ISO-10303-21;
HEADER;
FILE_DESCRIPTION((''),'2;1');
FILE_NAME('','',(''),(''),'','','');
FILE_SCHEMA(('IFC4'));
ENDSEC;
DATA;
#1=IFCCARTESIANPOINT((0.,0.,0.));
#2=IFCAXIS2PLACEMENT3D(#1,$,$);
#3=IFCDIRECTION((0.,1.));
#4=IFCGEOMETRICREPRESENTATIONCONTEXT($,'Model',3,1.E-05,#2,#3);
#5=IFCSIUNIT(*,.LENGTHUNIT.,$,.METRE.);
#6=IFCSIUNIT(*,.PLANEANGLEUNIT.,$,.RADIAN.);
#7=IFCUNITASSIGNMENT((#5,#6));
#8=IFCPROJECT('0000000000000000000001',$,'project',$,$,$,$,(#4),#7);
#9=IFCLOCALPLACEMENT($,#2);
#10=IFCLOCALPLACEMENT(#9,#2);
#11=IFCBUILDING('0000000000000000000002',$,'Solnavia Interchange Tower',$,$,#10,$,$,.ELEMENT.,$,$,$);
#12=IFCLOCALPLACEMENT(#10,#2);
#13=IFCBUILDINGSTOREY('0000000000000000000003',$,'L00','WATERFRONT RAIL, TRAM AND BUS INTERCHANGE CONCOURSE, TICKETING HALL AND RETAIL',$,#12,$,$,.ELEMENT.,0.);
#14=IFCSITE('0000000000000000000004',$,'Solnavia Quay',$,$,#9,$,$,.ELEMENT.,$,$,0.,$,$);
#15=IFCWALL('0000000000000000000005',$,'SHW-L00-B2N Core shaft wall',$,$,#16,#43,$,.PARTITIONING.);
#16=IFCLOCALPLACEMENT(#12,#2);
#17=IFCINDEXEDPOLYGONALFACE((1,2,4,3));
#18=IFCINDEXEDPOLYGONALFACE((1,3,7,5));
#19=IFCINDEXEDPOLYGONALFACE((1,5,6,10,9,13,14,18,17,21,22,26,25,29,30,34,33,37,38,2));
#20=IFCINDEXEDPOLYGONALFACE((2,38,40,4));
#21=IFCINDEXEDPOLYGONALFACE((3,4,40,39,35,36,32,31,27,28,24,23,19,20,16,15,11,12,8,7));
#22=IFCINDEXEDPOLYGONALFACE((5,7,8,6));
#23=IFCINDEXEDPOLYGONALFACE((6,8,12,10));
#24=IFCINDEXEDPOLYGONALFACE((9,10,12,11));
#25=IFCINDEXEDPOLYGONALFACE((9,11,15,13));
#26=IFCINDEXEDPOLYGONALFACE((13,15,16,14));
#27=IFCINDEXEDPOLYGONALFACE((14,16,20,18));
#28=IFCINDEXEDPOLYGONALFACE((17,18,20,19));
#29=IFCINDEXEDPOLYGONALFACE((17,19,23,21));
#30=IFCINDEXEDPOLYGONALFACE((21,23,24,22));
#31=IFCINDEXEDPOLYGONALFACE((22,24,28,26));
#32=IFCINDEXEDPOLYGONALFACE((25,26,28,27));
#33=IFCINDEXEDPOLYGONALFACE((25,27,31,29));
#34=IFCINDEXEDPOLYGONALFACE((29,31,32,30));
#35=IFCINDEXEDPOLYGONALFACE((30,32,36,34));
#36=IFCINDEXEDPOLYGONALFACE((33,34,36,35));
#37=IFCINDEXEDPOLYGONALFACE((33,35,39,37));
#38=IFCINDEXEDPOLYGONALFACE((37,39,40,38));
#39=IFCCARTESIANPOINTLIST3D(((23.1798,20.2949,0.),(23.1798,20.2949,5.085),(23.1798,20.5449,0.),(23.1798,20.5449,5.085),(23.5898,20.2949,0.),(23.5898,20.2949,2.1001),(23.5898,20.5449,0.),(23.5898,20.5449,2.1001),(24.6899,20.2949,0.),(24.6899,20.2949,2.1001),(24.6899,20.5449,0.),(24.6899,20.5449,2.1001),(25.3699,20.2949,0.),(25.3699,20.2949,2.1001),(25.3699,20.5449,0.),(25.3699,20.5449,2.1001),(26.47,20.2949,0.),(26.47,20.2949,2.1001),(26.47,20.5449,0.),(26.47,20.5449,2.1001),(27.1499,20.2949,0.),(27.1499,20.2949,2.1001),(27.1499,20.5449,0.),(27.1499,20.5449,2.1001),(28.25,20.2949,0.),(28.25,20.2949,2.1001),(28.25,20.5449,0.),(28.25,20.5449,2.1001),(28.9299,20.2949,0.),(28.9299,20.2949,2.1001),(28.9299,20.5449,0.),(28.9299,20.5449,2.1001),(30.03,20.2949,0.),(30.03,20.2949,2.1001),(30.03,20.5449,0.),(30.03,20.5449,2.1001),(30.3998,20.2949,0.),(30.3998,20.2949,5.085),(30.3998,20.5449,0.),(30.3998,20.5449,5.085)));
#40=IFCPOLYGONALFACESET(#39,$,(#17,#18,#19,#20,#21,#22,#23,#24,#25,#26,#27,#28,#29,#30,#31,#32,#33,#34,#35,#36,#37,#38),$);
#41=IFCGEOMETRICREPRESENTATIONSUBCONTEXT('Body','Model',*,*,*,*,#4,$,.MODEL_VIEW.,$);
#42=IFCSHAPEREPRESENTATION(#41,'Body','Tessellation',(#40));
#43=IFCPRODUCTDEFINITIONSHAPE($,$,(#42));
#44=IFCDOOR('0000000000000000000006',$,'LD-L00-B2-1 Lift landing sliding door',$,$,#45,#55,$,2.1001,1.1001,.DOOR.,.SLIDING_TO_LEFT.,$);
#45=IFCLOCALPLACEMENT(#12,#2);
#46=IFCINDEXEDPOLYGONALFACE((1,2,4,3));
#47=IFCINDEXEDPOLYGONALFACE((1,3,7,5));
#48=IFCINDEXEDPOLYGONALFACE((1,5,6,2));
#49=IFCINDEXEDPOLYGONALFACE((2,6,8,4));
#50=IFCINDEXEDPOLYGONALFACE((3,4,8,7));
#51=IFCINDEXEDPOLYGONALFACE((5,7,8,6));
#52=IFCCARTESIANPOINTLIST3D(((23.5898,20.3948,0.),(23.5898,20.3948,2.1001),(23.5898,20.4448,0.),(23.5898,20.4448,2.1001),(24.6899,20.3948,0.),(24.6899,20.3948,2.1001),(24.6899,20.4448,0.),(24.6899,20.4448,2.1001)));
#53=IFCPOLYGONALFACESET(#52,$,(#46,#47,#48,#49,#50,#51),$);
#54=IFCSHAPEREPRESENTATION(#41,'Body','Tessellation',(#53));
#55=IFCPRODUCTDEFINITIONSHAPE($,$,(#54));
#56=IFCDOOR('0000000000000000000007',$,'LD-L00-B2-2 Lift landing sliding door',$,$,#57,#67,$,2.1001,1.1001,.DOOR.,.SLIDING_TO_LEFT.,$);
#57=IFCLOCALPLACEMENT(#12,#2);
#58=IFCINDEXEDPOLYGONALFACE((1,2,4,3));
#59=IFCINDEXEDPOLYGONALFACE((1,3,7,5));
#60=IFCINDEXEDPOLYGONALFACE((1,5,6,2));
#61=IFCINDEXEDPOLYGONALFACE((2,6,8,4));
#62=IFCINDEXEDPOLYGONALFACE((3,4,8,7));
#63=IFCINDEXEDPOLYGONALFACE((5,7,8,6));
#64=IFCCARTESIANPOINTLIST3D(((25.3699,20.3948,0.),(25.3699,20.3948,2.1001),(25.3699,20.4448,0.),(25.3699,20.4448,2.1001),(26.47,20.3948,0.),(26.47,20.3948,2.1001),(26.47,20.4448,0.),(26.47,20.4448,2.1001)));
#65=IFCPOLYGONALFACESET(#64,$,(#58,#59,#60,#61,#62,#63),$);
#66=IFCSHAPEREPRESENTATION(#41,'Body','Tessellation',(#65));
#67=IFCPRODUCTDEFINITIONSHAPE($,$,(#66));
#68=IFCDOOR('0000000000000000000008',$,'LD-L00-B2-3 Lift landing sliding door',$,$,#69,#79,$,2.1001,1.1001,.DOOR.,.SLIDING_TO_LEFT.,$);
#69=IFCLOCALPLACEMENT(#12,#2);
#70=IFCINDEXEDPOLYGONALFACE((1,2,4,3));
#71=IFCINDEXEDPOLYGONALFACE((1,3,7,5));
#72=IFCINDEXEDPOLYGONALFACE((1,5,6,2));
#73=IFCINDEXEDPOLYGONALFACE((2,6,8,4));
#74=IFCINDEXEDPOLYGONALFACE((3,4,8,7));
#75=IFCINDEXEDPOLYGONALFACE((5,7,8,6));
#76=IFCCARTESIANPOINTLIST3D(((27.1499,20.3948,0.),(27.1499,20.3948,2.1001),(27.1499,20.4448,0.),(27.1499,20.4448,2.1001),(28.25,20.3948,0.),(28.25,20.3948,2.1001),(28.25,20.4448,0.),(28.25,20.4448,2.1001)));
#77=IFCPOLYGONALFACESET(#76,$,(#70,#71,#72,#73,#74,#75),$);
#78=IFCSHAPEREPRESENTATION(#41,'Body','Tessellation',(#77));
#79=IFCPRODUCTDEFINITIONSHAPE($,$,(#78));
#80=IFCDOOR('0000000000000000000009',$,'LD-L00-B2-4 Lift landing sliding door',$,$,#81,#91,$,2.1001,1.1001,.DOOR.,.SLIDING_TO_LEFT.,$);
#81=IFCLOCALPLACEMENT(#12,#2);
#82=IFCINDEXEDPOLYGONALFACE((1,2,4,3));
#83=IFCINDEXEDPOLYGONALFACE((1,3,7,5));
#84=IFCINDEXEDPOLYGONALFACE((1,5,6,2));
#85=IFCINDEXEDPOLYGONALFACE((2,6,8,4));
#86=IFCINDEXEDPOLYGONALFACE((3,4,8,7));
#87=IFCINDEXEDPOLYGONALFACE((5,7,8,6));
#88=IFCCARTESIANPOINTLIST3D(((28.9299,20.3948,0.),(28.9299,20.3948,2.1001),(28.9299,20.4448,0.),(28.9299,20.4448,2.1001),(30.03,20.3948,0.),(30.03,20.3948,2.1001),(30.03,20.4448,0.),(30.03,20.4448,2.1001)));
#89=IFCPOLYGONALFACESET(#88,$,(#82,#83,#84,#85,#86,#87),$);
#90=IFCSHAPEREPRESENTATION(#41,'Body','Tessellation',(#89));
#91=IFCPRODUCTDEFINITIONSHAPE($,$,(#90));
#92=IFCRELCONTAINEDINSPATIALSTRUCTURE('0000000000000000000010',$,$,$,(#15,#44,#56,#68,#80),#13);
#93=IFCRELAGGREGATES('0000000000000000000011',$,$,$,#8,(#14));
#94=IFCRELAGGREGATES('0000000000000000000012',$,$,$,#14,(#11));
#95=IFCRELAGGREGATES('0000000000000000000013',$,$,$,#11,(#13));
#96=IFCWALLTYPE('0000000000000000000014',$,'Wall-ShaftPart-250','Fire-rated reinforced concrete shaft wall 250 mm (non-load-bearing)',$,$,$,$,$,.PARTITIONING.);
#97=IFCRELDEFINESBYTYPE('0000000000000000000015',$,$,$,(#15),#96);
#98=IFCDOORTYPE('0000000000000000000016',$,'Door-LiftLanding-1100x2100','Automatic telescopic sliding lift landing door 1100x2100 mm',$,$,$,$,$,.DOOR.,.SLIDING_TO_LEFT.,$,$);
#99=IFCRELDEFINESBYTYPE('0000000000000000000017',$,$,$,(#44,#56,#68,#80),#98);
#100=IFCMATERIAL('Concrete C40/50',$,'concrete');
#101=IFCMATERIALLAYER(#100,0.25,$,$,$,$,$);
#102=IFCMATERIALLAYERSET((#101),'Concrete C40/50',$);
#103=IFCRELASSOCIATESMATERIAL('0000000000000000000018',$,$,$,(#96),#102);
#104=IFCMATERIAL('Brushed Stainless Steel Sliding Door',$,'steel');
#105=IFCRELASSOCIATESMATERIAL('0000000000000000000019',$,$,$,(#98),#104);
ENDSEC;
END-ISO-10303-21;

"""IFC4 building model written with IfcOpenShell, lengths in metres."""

from ifc_helpers import new_model, si_unit, direction, frame, frame_2d, origin, place, context, subcontext, project, spatial, rectangle, extrude, material, layer, layer_set, type_object, element, fill, save


model = new_model("IFC4")

# Units and contexts
model_context = context("Model", 3, precision=1e-05, world=origin(), true_north=direction((0.0, 1.0)))
body_context = subcontext(model_context, "Body", "Model", "MODEL_VIEW")
ifc_project = project(units=[si_unit("LENGTHUNIT", "METRE"), si_unit("PLANEANGLEUNIT", "RADIAN")], contexts=[model_context])

# Site, building, storey
site_placement = place(None, origin())
site = spatial("IfcSite", under=ifc_project, at=site_placement, Name="Solnavia Quay", CompositionType="ELEMENT", RefElevation=0.0)
building_placement = place(site_placement, origin())
building = spatial("IfcBuilding", under=site, at=building_placement, Name="Solnavia Interchange Tower", CompositionType="ELEMENT")
storey_placement = place(building_placement, origin())
storey = spatial("IfcBuildingStorey", under=building, at=storey_placement, Name="L00", Description="WATERFRONT RAIL, TRAM AND BUS INTERCHANGE CONCOURSE, TICKETING HALL AND RETAIL", CompositionType="ELEMENT", Elevation=0.0)

# Shared definitions
ifc_material_1 = material(Name="Concrete C40/50", Category="concrete")

# Wall, openings, doors
ifc_layer_1 = layer(ifc_material_1, 0.25)
ifc_layer_set_1 = layer_set([ifc_layer_1], Name="Concrete C40/50")
wall_type_1 = type_object("IfcWallType", Name="Wall-ShaftPart-250", Description="Fire-rated reinforced concrete shaft wall 250 mm (non-load-bearing)", PredefinedType="PARTITIONING", material=ifc_layer_set_1)
wall_1_placement = place(storey_placement, frame((23.1799, 20.4199, 0.0), z_axis=(0.0, 0.0, 1.0), x_axis=(1.0, 0.0, 0.0)))
wall_1 = element("IfcWall", 1, at=wall_1_placement, inside=storey, type_object=wall_type_1, Name="SHW-L00-B2N Core shaft wall", PredefinedType="PARTITIONING", context=body_context, shape_type="SweptSolid", body=[
    extrude(rectangle(XDim=7.22, YDim=0.25, at=frame_2d((3.6099, 0.0))), origin(), (0.0, 0.0, 1.0), 5.085),
])
opening_1_placement = place(wall_1_placement, frame((0.4099, 0.0, 0.0)))
opening_1 = element("IfcOpeningElement", 2, at=opening_1_placement, cuts=wall_1, PredefinedType="OPENING", context=body_context, shape_type="SweptSolid", body=[
    extrude(rectangle(XDim=1.1001, YDim=2.1001, at=frame_2d((0.55, 1.05))), frame((0.0, 0.135, 0.0), z_axis=(0.0, -1.0, 0.0), x_axis=(1.0, 0.0, 0.0)), (0.0, 0.0, 1.0), 0.27),
])
opening_2_placement = place(wall_1_placement, frame((2.1899, 0.0, 0.0)))
opening_2 = element("IfcOpeningElement", 3, at=opening_2_placement, cuts=wall_1, PredefinedType="OPENING", context=body_context, shape_type="SweptSolid", body=[
    extrude(rectangle(XDim=1.1001, YDim=2.1001, at=frame_2d((0.55, 1.05))), frame((0.0, 0.135, 0.0), z_axis=(0.0, -1.0, 0.0), x_axis=(1.0, 0.0, 0.0)), (0.0, 0.0, 1.0), 0.27),
])
opening_3_placement = place(wall_1_placement, frame((3.97, 0.0, 0.0)))
opening_3 = element("IfcOpeningElement", 4, at=opening_3_placement, cuts=wall_1, PredefinedType="OPENING", context=body_context, shape_type="SweptSolid", body=[
    extrude(rectangle(XDim=1.1001, YDim=2.1001, at=frame_2d((0.55, 1.05))), frame((0.0, 0.135, 0.0), z_axis=(0.0, -1.0, 0.0), x_axis=(1.0, 0.0, 0.0)), (0.0, 0.0, 1.0), 0.27),
])
opening_4_placement = place(wall_1_placement, frame((5.75, 0.0, 0.0)))
opening_4 = element("IfcOpeningElement", 5, at=opening_4_placement, cuts=wall_1, PredefinedType="OPENING", context=body_context, shape_type="SweptSolid", body=[
    extrude(rectangle(XDim=1.1001, YDim=2.1001, at=frame_2d((0.55, 1.05))), frame((0.0, 0.135, 0.0), z_axis=(0.0, -1.0, 0.0), x_axis=(1.0, 0.0, 0.0)), (0.0, 0.0, 1.0), 0.27),
])
ifc_material_2 = material(Name="Brushed Stainless Steel Sliding Door", Category="steel")
door_type = type_object("IfcDoorType", Name="Door-LiftLanding-1100x2100", Description="Automatic telescopic sliding lift landing door 1100x2100 mm", OperationType="SLIDING_TO_LEFT", PredefinedType="DOOR", material=ifc_material_2)
door_1_placement = place(opening_1_placement, origin())
door_1 = element("IfcDoor", 6, at=door_1_placement, inside=storey, type_object=door_type, Name="LD-L00-B2-1 Lift landing sliding door", OperationType="SLIDING_TO_LEFT", OverallHeight=2.1001, OverallWidth=1.1001, PredefinedType="DOOR", context=body_context, shape_type="SweptSolid", body=[
    extrude(rectangle(XDim=1.1001, YDim=2.1001, at=frame_2d((0.55, 1.05))), frame((0.0, 0.0249, 0.0), z_axis=(0.0, -1.0, 0.0), x_axis=(1.0, 0.0, 0.0)), (0.0, 0.0, 1.0), 0.05),
])
fill(opening_1, door_1)
door_2_placement = place(opening_2_placement, origin())
door_2 = element("IfcDoor", 7, at=door_2_placement, inside=storey, type_object=door_type, Name="LD-L00-B2-2 Lift landing sliding door", OperationType="SLIDING_TO_LEFT", OverallHeight=2.1001, OverallWidth=1.1001, PredefinedType="DOOR", context=body_context, shape_type="SweptSolid", body=[
    extrude(rectangle(XDim=1.1001, YDim=2.1001, at=frame_2d((0.55, 1.05))), frame((0.0, 0.0249, 0.0), z_axis=(0.0, -1.0, 0.0), x_axis=(1.0, 0.0, 0.0)), (0.0, 0.0, 1.0), 0.05),
])
fill(opening_2, door_2)
door_3_placement = place(opening_3_placement, origin())
door_3 = element("IfcDoor", 8, at=door_3_placement, inside=storey, type_object=door_type, Name="LD-L00-B2-3 Lift landing sliding door", OperationType="SLIDING_TO_LEFT", OverallHeight=2.1001, OverallWidth=1.1001, PredefinedType="DOOR", context=body_context, shape_type="SweptSolid", body=[
    extrude(rectangle(XDim=1.1001, YDim=2.1001, at=frame_2d((0.55, 1.05))), frame((0.0, 0.0249, 0.0), z_axis=(0.0, -1.0, 0.0), x_axis=(1.0, 0.0, 0.0)), (0.0, 0.0, 1.0), 0.05),
])
fill(opening_3, door_3)
door_4_placement = place(opening_4_placement, origin())
door_4 = element("IfcDoor", 9, at=door_4_placement, inside=storey, type_object=door_type, Name="LD-L00-B2-4 Lift landing sliding door", OperationType="SLIDING_TO_LEFT", OverallHeight=2.1001, OverallWidth=1.1001, PredefinedType="DOOR", context=body_context, shape_type="SweptSolid", body=[
    extrude(rectangle(XDim=1.1001, YDim=2.1001, at=frame_2d((0.55, 1.05))), frame((0.0, 0.0249, 0.0), z_axis=(0.0, -1.0, 0.0), x_axis=(1.0, 0.0, 0.0)), (0.0, 0.0, 1.0), 0.05),
])
fill(opening_4, door_4)

save(model, "model.ifc")
